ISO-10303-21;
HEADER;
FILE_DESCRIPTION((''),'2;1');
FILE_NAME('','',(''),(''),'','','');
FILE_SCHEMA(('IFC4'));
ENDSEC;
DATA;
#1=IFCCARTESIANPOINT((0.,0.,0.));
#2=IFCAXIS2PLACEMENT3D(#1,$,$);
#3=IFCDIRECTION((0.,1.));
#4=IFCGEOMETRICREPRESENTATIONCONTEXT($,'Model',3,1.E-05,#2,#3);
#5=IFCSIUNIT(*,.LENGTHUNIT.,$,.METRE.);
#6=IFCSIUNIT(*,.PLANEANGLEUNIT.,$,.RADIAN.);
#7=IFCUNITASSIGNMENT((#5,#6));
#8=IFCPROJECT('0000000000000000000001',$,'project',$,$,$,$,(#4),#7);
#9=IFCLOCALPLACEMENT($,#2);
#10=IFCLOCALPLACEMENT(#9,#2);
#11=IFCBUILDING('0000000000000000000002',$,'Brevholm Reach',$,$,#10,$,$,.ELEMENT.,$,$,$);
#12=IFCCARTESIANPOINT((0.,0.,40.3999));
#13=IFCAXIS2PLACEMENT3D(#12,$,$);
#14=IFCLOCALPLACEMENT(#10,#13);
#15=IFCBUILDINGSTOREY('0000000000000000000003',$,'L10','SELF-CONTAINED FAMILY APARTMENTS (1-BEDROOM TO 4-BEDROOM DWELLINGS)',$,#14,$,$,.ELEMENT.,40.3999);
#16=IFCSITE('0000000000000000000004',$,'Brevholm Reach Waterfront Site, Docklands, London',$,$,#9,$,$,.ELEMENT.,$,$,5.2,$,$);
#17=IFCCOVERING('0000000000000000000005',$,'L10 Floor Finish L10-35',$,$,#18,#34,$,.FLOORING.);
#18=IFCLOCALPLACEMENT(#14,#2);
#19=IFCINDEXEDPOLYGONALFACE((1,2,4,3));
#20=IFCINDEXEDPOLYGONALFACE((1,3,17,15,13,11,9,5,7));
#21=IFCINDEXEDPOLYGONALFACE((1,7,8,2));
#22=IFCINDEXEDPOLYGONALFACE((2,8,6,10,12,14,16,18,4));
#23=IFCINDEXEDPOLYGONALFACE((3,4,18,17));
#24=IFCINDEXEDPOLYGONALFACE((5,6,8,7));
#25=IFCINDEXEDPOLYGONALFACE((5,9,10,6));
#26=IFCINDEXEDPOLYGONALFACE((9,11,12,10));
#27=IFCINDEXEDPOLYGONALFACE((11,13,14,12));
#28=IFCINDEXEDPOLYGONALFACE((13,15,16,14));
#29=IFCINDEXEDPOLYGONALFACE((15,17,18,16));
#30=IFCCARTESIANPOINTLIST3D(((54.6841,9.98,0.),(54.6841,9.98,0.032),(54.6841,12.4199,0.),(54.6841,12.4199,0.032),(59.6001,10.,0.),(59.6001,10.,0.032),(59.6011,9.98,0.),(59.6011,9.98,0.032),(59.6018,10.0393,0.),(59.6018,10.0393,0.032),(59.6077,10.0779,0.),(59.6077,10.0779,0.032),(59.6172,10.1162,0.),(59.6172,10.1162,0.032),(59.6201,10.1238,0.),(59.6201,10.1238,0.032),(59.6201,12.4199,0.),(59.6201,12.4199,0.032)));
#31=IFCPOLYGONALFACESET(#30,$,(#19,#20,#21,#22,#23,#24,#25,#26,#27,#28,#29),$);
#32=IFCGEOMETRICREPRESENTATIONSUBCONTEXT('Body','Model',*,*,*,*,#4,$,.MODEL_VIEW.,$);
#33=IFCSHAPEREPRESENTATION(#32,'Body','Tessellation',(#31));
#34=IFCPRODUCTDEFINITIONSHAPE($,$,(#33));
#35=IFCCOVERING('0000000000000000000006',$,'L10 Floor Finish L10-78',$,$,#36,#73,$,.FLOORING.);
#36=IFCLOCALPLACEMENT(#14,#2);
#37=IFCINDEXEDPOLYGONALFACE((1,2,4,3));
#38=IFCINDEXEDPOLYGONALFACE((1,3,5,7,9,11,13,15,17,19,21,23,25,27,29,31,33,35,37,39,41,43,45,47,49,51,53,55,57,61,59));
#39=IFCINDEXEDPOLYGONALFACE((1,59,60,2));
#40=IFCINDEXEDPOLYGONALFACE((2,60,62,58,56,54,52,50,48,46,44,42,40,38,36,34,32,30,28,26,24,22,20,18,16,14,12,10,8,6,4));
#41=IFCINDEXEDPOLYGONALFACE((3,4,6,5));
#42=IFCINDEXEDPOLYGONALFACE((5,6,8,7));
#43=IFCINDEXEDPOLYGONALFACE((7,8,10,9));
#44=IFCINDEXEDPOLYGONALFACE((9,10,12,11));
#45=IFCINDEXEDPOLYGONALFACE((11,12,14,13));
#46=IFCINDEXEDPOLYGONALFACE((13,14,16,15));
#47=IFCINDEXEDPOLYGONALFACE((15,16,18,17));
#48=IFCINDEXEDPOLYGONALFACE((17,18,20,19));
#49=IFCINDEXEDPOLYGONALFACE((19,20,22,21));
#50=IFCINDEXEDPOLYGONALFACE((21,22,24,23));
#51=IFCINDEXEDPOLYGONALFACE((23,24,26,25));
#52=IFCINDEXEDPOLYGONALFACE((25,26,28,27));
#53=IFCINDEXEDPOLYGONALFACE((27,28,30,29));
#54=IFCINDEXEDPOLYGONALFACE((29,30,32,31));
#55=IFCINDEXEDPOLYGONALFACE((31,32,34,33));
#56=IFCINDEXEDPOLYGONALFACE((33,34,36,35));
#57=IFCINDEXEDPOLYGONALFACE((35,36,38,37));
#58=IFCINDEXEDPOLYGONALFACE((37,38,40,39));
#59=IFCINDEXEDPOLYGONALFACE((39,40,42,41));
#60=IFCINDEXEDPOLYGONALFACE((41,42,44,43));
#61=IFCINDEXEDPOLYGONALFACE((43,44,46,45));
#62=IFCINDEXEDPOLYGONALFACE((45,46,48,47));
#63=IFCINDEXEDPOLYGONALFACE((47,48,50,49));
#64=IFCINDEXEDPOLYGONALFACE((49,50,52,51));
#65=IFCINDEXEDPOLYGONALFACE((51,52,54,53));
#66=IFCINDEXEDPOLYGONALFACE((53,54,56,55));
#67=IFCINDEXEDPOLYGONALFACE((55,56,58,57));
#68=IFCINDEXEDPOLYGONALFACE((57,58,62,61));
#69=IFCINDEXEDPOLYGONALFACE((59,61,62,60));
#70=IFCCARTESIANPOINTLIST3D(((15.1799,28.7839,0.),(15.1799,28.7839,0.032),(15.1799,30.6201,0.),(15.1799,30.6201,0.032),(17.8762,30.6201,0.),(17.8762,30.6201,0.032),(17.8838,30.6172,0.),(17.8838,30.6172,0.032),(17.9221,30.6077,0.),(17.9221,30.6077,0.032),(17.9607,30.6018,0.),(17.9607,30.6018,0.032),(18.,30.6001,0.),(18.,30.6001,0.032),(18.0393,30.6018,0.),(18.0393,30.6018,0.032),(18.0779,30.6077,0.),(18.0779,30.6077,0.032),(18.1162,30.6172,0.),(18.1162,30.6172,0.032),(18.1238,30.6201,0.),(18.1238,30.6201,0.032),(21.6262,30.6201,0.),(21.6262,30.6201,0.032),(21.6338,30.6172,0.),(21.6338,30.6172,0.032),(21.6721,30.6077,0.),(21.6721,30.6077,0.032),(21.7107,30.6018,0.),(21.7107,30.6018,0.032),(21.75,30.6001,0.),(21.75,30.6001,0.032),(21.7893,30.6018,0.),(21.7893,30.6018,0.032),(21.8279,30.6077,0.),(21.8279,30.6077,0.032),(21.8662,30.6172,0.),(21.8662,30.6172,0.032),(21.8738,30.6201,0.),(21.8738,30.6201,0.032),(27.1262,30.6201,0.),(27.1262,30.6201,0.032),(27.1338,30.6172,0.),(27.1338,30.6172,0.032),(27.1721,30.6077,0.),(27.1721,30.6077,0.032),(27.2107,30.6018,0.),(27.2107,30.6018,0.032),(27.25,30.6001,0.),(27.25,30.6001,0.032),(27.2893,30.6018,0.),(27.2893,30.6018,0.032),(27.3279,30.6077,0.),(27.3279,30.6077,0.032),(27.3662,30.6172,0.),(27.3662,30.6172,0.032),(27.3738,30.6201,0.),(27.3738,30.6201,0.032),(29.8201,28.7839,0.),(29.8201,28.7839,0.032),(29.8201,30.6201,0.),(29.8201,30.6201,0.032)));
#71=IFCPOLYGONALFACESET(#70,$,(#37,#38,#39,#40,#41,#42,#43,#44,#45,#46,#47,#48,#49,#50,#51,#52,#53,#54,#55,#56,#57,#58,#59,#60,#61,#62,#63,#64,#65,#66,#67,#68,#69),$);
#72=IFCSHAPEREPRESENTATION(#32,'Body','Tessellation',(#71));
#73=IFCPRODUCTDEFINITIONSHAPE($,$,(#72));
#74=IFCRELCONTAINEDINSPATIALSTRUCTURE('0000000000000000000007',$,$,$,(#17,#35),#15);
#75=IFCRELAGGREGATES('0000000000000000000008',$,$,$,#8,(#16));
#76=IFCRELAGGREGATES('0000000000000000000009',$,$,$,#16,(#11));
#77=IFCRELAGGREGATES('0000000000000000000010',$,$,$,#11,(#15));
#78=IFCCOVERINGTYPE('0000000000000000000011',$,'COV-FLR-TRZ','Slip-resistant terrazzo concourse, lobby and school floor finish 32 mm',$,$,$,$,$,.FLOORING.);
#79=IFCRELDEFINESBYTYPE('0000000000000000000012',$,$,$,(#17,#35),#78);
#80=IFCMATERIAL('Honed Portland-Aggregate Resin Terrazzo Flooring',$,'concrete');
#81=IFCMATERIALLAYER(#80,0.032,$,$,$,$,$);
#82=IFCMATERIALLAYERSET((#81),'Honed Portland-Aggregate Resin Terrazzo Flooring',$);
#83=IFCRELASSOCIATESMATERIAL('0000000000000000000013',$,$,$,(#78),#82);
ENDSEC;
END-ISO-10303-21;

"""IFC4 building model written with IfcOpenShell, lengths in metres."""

from ifc_helpers import new_model, si_unit, direction, frame, origin, place, context, subcontext, project, spatial, polyline, outline, extrude, material, layer, layer_set, type_object, element, save


model = new_model("IFC4")

# Units and contexts
model_context = context("Model", 3, precision=1e-05, world=origin(), true_north=direction((0.0, 1.0)))
body_context = subcontext(model_context, "Body", "Model", "MODEL_VIEW")
ifc_project = project(units=[si_unit("LENGTHUNIT", "METRE"), si_unit("PLANEANGLEUNIT", "RADIAN")], contexts=[model_context])

# Site, building, storey
site_placement = place(None, origin())
site = spatial("IfcSite", under=ifc_project, at=site_placement, Name="Brevholm Reach Waterfront Site, Docklands, London", CompositionType="ELEMENT", RefElevation=5.2)
building_placement = place(site_placement, origin())
building = spatial("IfcBuilding", under=site, at=building_placement, Name="Brevholm Reach", CompositionType="ELEMENT")
storey_placement = place(building_placement, frame((0.0, 0.0, 40.3999)))
storey = spatial("IfcBuildingStorey", under=building, at=storey_placement, Name="L10", Description="SELF-CONTAINED FAMILY APARTMENTS (1-BEDROOM TO 4-BEDROOM DWELLINGS)", CompositionType="ELEMENT", Elevation=40.3999)

# Coverings
ifc_material_1 = material(Name="Honed Portland-Aggregate Resin Terrazzo Flooring", Category="concrete")
ifc_layer_1 = layer(ifc_material_1, 0.032)
ifc_layer_set_1 = layer_set([ifc_layer_1], Name="Honed Portland-Aggregate Resin Terrazzo Flooring")
covering_type_1 = type_object("IfcCoveringType", Name="COV-FLR-TRZ", Description="Slip-resistant terrazzo concourse, lobby and school floor finish 32 mm", PredefinedType="FLOORING", material=ifc_layer_set_1)
covering_1_placement = place(storey_placement, origin())
element("IfcCovering", 1, at=covering_1_placement, inside=storey, type_object=covering_type_1, Name="L10 Floor Finish L10-35", PredefinedType="FLOORING", context=body_context, shape_type="SweptSolid", body=[
    extrude(outline(polyline([(59.6201, 12.4199), (59.6201, 10.1238), (59.6172, 10.1162), (59.6077, 10.0779), (59.6018, 10.0393), (59.6001, 10.0), (59.6011, 9.98), (54.6841, 9.98), (54.6841, 12.4199), (59.6201, 12.4199)])), origin(), (0.0, 0.0, 1.0), 0.032),
])
covering_2_placement = place(storey_placement, origin())
element("IfcCovering", 2, at=covering_2_placement, inside=storey, type_object=covering_type_1, Name="L10 Floor Finish L10-78", PredefinedType="FLOORING", context=body_context, shape_type="SweptSolid", body=[
    extrude(outline(polyline([(15.1799, 30.6201), (17.8762, 30.6201), (17.8838, 30.6172), (17.9221, 30.6077), (17.9607, 30.6018), (18.0, 30.6001), (18.0393, 30.6018), (18.0779, 30.6077), (18.1162, 30.6172), (18.1238, 30.6201), (21.6262, 30.6201), (21.6338, 30.6172), (21.6721, 30.6077), (21.7107, 30.6018), (21.75, 30.6001), (21.7893, 30.6018), (21.8279, 30.6077), (21.8662, 30.6172), (21.8738, 30.6201), (27.1262, 30.6201), (27.1338, 30.6172), (27.1721, 30.6077), (27.2107, 30.6018), (27.25, 30.6001), (27.2893, 30.6018), (27.3279, 30.6077), (27.3662, 30.6172), (27.3738, 30.6201), (29.8201, 30.6201), (29.8201, 28.7839), (15.1799, 28.7839), (15.1799, 30.6201)])), origin(), (0.0, 0.0, 1.0), 0.032),
])

save(model, "model.ifc")
